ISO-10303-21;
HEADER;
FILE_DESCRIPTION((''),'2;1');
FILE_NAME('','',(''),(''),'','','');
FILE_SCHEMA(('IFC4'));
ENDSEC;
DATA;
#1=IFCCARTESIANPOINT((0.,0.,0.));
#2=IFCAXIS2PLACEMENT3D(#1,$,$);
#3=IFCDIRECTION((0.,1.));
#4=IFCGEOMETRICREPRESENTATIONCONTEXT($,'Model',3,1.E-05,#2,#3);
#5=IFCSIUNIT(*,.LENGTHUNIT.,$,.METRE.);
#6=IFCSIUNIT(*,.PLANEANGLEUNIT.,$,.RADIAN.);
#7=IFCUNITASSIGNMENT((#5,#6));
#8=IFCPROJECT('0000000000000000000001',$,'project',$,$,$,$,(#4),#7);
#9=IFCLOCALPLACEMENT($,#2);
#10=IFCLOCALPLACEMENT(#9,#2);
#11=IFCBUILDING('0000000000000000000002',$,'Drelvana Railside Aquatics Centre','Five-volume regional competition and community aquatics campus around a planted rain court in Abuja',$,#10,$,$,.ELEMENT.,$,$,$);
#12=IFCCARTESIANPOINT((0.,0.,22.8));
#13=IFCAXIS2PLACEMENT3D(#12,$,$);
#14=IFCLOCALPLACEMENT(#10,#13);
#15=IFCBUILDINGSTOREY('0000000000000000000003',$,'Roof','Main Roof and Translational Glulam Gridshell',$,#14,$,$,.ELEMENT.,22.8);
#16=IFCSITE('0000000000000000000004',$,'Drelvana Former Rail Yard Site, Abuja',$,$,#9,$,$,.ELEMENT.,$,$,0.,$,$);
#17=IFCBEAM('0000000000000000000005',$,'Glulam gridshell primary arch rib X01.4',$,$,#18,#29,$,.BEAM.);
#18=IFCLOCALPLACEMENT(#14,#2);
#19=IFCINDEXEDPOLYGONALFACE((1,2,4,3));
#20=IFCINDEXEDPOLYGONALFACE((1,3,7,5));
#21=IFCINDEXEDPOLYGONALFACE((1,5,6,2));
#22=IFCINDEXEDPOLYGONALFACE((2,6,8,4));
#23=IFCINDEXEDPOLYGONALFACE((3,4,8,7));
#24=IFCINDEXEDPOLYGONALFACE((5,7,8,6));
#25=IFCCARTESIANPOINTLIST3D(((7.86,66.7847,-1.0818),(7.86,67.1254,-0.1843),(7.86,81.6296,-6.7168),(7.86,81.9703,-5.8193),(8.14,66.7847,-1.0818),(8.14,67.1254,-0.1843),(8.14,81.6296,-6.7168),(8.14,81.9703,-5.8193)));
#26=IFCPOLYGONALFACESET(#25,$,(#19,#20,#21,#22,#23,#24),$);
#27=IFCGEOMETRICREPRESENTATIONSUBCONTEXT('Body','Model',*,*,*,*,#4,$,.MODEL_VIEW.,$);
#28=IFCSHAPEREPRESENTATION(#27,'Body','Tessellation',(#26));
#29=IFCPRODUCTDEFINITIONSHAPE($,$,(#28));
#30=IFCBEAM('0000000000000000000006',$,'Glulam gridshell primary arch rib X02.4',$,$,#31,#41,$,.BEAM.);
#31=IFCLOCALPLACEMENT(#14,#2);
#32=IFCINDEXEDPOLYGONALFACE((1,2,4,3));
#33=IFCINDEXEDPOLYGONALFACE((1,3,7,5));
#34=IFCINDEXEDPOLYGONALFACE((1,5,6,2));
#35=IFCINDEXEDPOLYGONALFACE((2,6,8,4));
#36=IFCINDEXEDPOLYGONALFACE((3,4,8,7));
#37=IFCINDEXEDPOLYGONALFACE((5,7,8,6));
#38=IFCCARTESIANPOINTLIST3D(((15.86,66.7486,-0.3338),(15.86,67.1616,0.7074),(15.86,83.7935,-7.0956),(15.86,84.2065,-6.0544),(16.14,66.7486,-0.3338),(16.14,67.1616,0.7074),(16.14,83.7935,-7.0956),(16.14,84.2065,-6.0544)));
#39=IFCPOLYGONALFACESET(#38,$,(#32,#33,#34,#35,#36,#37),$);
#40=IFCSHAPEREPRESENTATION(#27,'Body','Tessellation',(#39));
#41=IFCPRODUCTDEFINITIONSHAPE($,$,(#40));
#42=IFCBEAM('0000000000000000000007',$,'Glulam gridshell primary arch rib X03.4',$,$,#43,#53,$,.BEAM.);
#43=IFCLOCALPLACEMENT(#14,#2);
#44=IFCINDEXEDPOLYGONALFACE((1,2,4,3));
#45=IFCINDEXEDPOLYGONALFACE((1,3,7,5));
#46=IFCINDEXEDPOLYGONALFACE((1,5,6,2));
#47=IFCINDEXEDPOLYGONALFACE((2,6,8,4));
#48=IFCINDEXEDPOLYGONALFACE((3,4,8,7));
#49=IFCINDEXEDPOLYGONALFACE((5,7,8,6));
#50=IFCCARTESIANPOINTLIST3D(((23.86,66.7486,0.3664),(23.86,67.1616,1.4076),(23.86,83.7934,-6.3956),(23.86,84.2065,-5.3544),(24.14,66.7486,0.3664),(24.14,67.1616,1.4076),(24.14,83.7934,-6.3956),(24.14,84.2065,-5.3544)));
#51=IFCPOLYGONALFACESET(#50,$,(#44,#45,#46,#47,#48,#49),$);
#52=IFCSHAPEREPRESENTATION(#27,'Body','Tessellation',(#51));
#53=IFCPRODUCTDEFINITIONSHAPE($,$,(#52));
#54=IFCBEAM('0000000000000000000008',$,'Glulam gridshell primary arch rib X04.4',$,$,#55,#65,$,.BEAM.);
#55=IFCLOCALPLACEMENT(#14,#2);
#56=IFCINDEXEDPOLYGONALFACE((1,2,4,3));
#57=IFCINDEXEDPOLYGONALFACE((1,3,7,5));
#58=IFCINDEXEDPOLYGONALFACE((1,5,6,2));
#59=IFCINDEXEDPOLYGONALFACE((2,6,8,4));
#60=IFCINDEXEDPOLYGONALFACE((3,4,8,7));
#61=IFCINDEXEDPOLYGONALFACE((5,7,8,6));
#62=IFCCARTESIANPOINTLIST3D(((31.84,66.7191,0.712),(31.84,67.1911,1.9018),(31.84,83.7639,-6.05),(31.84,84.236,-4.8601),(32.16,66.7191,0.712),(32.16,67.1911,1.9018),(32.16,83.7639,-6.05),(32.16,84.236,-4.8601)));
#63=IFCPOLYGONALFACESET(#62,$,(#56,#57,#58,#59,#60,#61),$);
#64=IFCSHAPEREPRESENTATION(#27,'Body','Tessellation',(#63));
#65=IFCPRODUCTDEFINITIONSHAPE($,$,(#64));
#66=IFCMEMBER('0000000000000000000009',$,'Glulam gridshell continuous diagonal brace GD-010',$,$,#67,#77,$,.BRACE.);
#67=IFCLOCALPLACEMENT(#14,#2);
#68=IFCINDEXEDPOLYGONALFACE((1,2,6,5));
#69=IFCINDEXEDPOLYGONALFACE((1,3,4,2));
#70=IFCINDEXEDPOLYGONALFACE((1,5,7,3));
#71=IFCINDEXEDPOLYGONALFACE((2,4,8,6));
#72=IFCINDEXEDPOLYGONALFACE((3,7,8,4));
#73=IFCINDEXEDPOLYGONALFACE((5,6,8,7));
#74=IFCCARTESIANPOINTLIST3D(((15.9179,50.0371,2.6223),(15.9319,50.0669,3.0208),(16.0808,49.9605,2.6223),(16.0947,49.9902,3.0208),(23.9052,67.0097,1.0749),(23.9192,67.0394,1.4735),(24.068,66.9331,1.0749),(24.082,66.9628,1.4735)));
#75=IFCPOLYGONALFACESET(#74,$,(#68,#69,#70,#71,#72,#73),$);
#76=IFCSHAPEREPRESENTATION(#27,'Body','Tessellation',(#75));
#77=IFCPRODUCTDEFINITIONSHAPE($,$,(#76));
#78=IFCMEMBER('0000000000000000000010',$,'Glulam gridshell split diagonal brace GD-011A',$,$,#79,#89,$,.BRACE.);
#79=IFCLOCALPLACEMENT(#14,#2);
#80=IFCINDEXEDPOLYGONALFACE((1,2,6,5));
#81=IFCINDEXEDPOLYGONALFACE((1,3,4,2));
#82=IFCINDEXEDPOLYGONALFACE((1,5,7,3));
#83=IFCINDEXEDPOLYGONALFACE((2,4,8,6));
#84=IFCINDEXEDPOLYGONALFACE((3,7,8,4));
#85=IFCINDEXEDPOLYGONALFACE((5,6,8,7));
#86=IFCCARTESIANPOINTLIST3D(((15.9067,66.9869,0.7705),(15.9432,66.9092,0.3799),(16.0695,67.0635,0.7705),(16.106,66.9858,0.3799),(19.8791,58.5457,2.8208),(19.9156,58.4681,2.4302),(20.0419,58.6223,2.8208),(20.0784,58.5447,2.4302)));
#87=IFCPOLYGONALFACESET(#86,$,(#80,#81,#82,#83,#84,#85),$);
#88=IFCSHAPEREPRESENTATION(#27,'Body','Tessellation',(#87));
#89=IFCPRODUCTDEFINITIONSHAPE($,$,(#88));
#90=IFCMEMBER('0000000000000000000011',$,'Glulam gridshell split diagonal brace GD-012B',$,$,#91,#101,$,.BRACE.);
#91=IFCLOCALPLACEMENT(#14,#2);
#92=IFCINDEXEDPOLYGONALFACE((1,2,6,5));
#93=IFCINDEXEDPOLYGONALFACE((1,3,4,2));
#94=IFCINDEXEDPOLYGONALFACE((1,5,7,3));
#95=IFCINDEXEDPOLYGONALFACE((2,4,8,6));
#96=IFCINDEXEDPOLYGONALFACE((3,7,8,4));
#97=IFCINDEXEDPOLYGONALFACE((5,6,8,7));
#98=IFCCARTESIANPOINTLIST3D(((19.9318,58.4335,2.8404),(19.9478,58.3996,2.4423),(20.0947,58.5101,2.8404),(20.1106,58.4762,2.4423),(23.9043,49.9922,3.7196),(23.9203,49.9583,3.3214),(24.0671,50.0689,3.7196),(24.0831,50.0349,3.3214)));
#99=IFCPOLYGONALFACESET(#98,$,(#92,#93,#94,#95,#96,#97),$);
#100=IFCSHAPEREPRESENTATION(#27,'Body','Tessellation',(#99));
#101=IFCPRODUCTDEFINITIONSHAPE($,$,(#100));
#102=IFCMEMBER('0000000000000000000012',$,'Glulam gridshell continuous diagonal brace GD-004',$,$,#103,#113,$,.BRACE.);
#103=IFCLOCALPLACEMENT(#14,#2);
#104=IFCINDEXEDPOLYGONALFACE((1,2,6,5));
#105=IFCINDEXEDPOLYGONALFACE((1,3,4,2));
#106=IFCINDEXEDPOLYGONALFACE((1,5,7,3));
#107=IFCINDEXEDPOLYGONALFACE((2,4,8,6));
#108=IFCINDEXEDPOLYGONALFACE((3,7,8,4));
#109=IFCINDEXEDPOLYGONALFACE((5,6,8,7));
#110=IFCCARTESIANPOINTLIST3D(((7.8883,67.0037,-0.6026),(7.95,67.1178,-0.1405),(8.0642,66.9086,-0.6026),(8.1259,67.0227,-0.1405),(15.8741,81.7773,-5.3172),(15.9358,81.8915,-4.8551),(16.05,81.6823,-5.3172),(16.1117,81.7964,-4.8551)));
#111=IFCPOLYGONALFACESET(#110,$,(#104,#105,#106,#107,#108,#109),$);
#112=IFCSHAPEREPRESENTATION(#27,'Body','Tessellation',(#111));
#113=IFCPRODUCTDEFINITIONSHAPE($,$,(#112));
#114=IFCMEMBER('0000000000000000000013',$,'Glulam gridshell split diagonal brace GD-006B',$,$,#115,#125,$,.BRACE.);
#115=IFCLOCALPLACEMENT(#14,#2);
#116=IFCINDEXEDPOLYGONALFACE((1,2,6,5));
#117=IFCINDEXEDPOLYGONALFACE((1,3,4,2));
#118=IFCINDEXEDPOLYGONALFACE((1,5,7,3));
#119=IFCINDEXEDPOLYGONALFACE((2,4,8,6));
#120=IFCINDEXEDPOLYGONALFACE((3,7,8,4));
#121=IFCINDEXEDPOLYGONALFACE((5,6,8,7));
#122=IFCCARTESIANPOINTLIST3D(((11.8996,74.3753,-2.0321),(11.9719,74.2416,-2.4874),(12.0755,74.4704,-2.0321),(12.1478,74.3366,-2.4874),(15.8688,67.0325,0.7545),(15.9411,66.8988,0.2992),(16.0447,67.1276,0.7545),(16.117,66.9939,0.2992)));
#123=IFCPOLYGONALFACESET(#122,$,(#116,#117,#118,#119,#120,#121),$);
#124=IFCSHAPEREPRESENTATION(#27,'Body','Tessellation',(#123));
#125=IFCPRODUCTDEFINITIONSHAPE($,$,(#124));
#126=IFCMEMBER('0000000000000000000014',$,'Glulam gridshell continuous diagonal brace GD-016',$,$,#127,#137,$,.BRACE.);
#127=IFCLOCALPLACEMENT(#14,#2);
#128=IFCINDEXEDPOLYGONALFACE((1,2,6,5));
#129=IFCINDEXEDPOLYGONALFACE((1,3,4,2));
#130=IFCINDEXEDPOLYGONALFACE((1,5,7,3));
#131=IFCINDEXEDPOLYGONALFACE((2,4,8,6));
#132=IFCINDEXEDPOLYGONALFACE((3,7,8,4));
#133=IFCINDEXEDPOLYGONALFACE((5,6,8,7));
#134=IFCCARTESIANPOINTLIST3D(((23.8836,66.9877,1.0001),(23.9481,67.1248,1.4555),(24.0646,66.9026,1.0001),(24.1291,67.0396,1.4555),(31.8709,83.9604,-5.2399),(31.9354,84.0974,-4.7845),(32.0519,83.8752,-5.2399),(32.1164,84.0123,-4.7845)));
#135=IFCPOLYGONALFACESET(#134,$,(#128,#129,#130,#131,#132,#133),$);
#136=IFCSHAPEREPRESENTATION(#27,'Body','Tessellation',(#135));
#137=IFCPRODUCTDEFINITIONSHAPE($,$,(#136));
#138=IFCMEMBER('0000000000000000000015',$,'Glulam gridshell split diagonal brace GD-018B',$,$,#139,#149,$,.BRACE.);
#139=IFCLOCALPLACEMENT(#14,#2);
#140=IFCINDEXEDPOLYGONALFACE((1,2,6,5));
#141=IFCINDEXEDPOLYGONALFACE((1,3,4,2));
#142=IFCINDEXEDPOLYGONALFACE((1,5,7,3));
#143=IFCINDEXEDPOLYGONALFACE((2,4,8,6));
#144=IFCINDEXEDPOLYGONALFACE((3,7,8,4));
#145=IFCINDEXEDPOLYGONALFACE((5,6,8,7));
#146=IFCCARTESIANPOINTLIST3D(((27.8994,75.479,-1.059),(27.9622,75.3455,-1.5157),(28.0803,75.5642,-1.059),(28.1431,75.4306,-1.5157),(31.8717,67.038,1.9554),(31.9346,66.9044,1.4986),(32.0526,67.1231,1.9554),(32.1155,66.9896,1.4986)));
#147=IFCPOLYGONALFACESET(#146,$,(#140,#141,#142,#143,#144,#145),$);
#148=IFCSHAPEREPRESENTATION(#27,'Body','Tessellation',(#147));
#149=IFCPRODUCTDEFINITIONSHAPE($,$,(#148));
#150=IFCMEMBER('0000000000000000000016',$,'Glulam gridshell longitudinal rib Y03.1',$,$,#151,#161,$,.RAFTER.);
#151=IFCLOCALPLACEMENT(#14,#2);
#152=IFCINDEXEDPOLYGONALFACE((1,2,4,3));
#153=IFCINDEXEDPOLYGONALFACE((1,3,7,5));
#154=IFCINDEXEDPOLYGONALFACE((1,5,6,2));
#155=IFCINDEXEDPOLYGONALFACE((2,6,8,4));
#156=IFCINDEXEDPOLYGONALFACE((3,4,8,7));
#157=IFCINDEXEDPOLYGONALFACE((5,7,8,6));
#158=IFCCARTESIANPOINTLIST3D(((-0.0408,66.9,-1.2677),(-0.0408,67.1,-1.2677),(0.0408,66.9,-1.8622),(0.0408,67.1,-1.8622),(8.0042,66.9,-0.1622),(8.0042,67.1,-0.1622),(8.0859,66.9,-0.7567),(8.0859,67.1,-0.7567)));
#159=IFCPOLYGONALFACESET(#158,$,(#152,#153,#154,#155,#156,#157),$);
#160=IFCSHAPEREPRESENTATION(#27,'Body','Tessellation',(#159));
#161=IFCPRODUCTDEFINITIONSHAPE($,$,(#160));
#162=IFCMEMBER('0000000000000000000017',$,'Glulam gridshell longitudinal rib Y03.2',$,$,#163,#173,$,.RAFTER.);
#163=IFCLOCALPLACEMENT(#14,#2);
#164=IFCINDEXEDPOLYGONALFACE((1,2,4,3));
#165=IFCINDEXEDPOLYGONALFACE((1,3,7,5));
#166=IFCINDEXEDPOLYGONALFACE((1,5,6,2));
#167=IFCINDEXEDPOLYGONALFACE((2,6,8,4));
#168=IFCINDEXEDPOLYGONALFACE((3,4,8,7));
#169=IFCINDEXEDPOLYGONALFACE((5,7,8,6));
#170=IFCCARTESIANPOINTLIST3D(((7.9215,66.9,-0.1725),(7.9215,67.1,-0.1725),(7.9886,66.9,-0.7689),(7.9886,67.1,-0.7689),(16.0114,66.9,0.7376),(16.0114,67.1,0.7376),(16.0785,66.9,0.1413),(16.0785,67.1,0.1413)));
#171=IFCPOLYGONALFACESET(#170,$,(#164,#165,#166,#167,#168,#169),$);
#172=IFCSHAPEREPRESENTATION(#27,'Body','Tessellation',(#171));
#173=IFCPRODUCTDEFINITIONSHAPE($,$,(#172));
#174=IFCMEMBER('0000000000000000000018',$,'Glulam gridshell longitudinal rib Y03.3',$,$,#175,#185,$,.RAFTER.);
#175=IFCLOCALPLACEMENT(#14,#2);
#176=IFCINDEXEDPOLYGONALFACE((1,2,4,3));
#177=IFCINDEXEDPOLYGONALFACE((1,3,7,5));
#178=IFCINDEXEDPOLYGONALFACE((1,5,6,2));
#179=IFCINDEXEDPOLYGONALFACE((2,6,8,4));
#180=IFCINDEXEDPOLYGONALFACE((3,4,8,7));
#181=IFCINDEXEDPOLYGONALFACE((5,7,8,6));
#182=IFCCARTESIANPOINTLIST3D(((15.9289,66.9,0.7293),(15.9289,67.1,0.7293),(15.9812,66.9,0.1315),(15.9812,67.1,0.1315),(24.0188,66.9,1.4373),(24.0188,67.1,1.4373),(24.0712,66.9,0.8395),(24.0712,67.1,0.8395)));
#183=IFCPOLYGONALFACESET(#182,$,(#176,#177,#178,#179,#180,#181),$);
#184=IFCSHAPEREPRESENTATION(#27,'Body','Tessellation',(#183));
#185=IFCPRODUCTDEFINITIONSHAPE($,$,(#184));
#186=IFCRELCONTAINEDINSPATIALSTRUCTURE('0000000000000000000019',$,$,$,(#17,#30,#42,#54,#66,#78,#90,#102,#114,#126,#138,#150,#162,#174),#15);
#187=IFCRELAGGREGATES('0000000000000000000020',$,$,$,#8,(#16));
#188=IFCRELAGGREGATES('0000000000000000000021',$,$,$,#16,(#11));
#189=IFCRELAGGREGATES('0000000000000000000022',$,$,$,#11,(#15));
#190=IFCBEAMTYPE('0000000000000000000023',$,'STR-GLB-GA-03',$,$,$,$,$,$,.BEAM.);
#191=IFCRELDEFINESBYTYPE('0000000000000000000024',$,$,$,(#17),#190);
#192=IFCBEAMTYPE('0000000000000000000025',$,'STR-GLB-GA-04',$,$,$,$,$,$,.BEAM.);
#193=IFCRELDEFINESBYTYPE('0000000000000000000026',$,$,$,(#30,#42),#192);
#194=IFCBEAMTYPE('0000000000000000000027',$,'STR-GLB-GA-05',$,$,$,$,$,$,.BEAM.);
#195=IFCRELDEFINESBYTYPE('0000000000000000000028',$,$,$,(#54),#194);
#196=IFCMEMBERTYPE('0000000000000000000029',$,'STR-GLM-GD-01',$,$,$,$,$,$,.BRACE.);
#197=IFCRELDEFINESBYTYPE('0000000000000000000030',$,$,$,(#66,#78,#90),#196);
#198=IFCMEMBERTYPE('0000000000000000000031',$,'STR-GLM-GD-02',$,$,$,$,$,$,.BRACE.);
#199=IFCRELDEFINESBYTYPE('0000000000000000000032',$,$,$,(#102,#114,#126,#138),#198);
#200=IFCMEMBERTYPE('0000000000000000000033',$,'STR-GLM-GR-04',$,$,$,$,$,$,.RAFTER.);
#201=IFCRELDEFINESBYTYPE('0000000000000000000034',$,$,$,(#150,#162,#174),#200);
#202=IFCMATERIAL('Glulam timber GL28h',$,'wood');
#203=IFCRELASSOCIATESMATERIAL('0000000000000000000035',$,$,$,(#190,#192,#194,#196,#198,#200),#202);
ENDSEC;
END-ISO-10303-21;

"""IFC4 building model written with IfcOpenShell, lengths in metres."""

from ifc_helpers import new_model, si_unit, direction, frame, origin, origin_2d, place, context, subcontext, project, spatial, rectangle, extrude, material, material_profile, profile_set, type_object, element, save


model = new_model("IFC4")

# Units and contexts
model_context = context("Model", 3, precision=1e-05, world=origin(), true_north=direction((0.0, 1.0)))
body_context = subcontext(model_context, "Body", "Model", "MODEL_VIEW")
ifc_project = project(units=[si_unit("LENGTHUNIT", "METRE"), si_unit("PLANEANGLEUNIT", "RADIAN")], contexts=[model_context])

# Site, building, storey
site_placement = place(None, origin())
site = spatial("IfcSite", under=ifc_project, at=site_placement, Name="Drelvana Former Rail Yard Site, Abuja", CompositionType="ELEMENT", RefElevation=0.0)
building_placement = place(site_placement, origin())
building = spatial("IfcBuilding", under=site, at=building_placement, Name="Drelvana Railside Aquatics Centre", Description="Five-volume regional competition and community aquatics campus around a planted rain court in Abuja", CompositionType="ELEMENT")
storey_placement = place(building_placement, frame((0.0, 0.0, 22.8)))
storey = spatial("IfcBuildingStorey", under=building, at=storey_placement, Name="Roof", Description="Main Roof and Translational Glulam Gridshell", CompositionType="ELEMENT", Elevation=22.8)

# Beams
ifc_material_1 = material(Name="Glulam timber GL28h", Category="wood")
ifc_material_profile_1 = material_profile(ifc_material_1, rectangle(XDim=0.28, YDim=0.96, at=origin_2d()), Name="GL28h 280x960")
ifc_profile_set_1 = profile_set([ifc_material_profile_1], Name="Glulam timber GL28h")
beam_type_1 = type_object("IfcBeamType", Name="STR-GLB-GA-03", PredefinedType="BEAM", material=ifc_profile_set_1)
beam_1_placement = place(storey_placement, frame((8.0, 66.9551, -0.6331), z_axis=(0.0, 0.934911, -0.354883), x_axis=(-1.0, 0.0, 0.0)))
element("IfcBeam", 1, at=beam_1_placement, inside=storey, type_object=beam_type_1, Name="Glulam gridshell primary arch rib X01.4", PredefinedType="BEAM", context=body_context, shape_type="SweptSolid", body=[
    extrude(rectangle(XDim=0.28, YDim=0.96, at=origin_2d()), origin(), (0.0, 0.0, 1.0), 15.8784),
])
ifc_material_profile_2 = material_profile(ifc_material_1, rectangle(XDim=0.28, YDim=1.1201, at=origin_2d()), Name="GL28h 280x1120")
ifc_profile_set_2 = profile_set([ifc_material_profile_2], Name="Glulam timber GL28h")
beam_type_2 = type_object("IfcBeamType", Name="STR-GLB-GA-04", PredefinedType="BEAM", material=ifc_profile_set_2)
for number, where, z_axis, x_axis, name in (
    (2, (16.0, 66.9551, 0.1868), (0.0, 0.929531, -0.368745), (-1.0, 0.0, 0.0), "Glulam gridshell primary arch rib X02.4"),
    (3, (24.0, 66.9551, 0.887), (0.0, 0.929526, -0.368756), (-1.0, 0.0, 0.0), "Glulam gridshell primary arch rib X03.4"),
):
    element("IfcBeam", number, at=place(storey_placement, frame(where, z_axis=z_axis, x_axis=x_axis)), inside=storey, type_object=beam_type_2, Name=name, PredefinedType="BEAM", context=body_context, shape_type="SweptSolid", body=[
        extrude(rectangle(XDim=0.28, YDim=1.1201, at=origin_2d()), origin(), (0.0, 0.0, 1.0), 18.3372),
    ])
ifc_material_profile_3 = material_profile(ifc_material_1, rectangle(XDim=0.3201, YDim=1.28, at=origin_2d()), Name="GL28h 320x1280")
ifc_profile_set_3 = profile_set([ifc_material_profile_3], Name="Glulam timber GL28h")
beam_type_3 = type_object("IfcBeamType", Name="STR-GLB-GA-05", PredefinedType="BEAM", material=ifc_profile_set_3)
beam_2_placement = place(storey_placement, frame((32.0, 66.9551, 1.3069), z_axis=(0.0, 0.929526, -0.368756), x_axis=(-1.0, 0.0, 0.0)))
element("IfcBeam", 4, at=beam_2_placement, inside=storey, type_object=beam_type_3, Name="Glulam gridshell primary arch rib X04.4", PredefinedType="BEAM", context=body_context, shape_type="SweptSolid", body=[
    extrude(rectangle(XDim=0.3201, YDim=1.28, at=origin_2d()), origin(), (0.0, 0.0, 1.0), 18.3372),
])

# Members
ifc_material_profile_4 = material_profile(ifc_material_1, rectangle(XDim=0.1799, YDim=0.3999, at=origin_2d()), Name="GL28h 180x400")
ifc_profile_set_4 = profile_set([ifc_material_profile_4], Name="Glulam timber GL28h")
member_type_1 = type_object("IfcMemberType", Name="STR-GLM-GD-01", PredefinedType="BRACE", material=ifc_profile_set_4)
member_1_placement = place(storey_placement, frame((16.0063, 50.0137, 2.8215), z_axis=(0.424363, 0.901752, -0.082211), x_axis=(-0.904815, 0.425805, 0.0)))
element("IfcMember", 5, at=member_1_placement, inside=storey, type_object=member_type_1, Name="Glulam gridshell continuous diagonal brace GD-010", PredefinedType="BRACE", context=body_context, shape_type="SweptSolid", body=[
    extrude(rectangle(XDim=0.1799, YDim=0.3999, at=origin_2d()), origin(), (0.0, 0.0, 1.0), 18.8218),
])
member_2_placement = place(storey_placement, frame((16.0063, 66.9863, 0.5752), z_axis=(0.415881, -0.883724, 0.21465), x_axis=(0.904815, 0.425806, 0.0)))
element("IfcMember", 6, at=member_2_placement, inside=storey, type_object=member_type_1, Name="Glulam gridshell split diagonal brace GD-011A", PredefinedType="BRACE", context=body_context, shape_type="SweptSolid", body=[
    extrude(rectangle(XDim=0.1799, YDim=0.3999, at=origin_2d()), origin(), (0.0, 0.0, 1.0), 9.5518),
])
member_3_placement = place(storey_placement, frame((20.0212, 58.4548, 2.6414), z_axis=(0.423928, -0.900823, 0.093821), x_axis=(0.904815, 0.425806, 0.0)))
element("IfcMember", 7, at=member_3_placement, inside=storey, type_object=member_type_1, Name="Glulam gridshell split diagonal brace GD-012B", PredefinedType="BRACE", context=body_context, shape_type="SweptSolid", body=[
    extrude(rectangle(XDim=0.1799, YDim=0.3999, at=origin_2d()), origin(), (0.0, 0.0, 1.0), 9.3706),
])
ifc_material_profile_5 = material_profile(ifc_material_1, rectangle(XDim=0.2, YDim=0.48, at=origin_2d()), Name="GL28h 200x480")
ifc_profile_set_5 = profile_set([ifc_material_profile_5], Name="Glulam timber GL28h")
member_type_2 = type_object("IfcMemberType", Name="STR-GLM-GD-02", PredefinedType="BRACE", material=ifc_profile_set_5)
member_4_placement = place(storey_placement, frame((8.0071, 67.0132, -0.3716), z_axis=(0.457822, 0.846963, -0.270284), x_axis=(-0.879705, 0.47552, 0.0)))
element("IfcMember", 8, at=member_4_placement, inside=storey, type_object=member_type_2, Name="Glulam gridshell continuous diagonal brace GD-004", PredefinedType="BRACE", context=body_context, shape_type="SweptSolid", body=[
    extrude(rectangle(XDim=0.2, YDim=0.48, at=origin_2d()), origin(), (0.0, 0.0, 1.0), 17.4431),
])
member_5_placement = place(storey_placement, frame((12.0237, 74.356, -2.2598), z_axis=(0.45106, -0.834425, 0.316669), x_axis=(0.879698, 0.475533, 0.0)))
element("IfcMember", 9, at=member_5_placement, inside=storey, type_object=member_type_2, Name="Glulam gridshell split diagonal brace GD-006B", PredefinedType="BRACE", context=body_context, shape_type="SweptSolid", body=[
    extrude(rectangle(XDim=0.2, YDim=0.48, at=origin_2d()), origin(), (0.0, 0.0, 1.0), 8.7998),
])
member_6_placement = place(storey_placement, frame((24.0063, 67.0137, 1.2278), z_axis=(0.404036, 0.858558, -0.315648), x_axis=(-0.904815, 0.425805, 0.0)))
element("IfcMember", 10, at=member_6_placement, inside=storey, type_object=member_type_2, Name="Glulam gridshell continuous diagonal brace GD-016", PredefinedType="BRACE", context=body_context, shape_type="SweptSolid", body=[
    extrude(rectangle(XDim=0.2, YDim=0.48, at=origin_2d()), origin(), (0.0, 0.0, 1.0), 19.7688),
])
member_7_placement = place(storey_placement, frame((28.0212, 75.4548, -1.2874), z_axis=(0.40518, -0.860985, 0.307464), x_axis=(0.904815, 0.425806, 0.0)))
element("IfcMember", 11, at=member_7_placement, inside=storey, type_object=member_type_2, Name="Glulam gridshell split diagonal brace GD-018B", PredefinedType="BRACE", context=body_context, shape_type="SweptSolid", body=[
    extrude(rectangle(XDim=0.2, YDim=0.48, at=origin_2d()), origin(), (0.0, 0.0, 1.0), 9.804),
])
ifc_material_profile_6 = material_profile(ifc_material_1, rectangle(XDim=0.2, YDim=0.6001, at=origin_2d()), Name="GL28h 200x600")
ifc_profile_set_6 = profile_set([ifc_material_profile_6], Name="Glulam timber GL28h")
member_type_3 = type_object("IfcMemberType", Name="STR-GLM-GR-04", PredefinedType="RAFTER", material=ifc_profile_set_6)
member_8_placement = place(storey_placement, frame((0.0, 67.0, -1.5649), z_axis=(0.990691, 0.0, 0.136133), x_axis=(0.0, 1.0, 0.0)))
element("IfcMember", 12, at=member_8_placement, inside=storey, type_object=member_type_3, Name="Glulam gridshell longitudinal rib Y03.1", PredefinedType="RAFTER", context=body_context, shape_type="SweptSolid", body=[
    extrude(rectangle(XDim=0.2, YDim=0.6001, at=origin_2d()), origin(), (0.0, 0.0, 1.0), 8.1206),
])
member_9_placement = place(storey_placement, frame((7.9551, 67.0, -0.4707), z_axis=(0.993731, 0.0, 0.111801), x_axis=(0.0, 1.0, 0.0)))
element("IfcMember", 13, at=member_9_placement, inside=storey, type_object=member_type_3, Name="Glulam gridshell longitudinal rib Y03.2", PredefinedType="RAFTER", context=body_context, shape_type="SweptSolid", body=[
    extrude(rectangle(XDim=0.2, YDim=0.6001, at=origin_2d()), origin(), (0.0, 0.0, 1.0), 8.1409),
])
member_10_placement = place(storey_placement, frame((15.9551, 67.0, 0.4304), z_axis=(0.996192, 0.0, 0.087185), x_axis=(0.0, 1.0, 0.0)))
element("IfcMember", 14, at=member_10_placement, inside=storey, type_object=member_type_3, Name="Glulam gridshell longitudinal rib Y03.3", PredefinedType="RAFTER", context=body_context, shape_type="SweptSolid", body=[
    extrude(rectangle(XDim=0.2, YDim=0.6001, at=origin_2d()), origin(), (0.0, 0.0, 1.0), 8.1208),
])

save(model, "model.ifc")
